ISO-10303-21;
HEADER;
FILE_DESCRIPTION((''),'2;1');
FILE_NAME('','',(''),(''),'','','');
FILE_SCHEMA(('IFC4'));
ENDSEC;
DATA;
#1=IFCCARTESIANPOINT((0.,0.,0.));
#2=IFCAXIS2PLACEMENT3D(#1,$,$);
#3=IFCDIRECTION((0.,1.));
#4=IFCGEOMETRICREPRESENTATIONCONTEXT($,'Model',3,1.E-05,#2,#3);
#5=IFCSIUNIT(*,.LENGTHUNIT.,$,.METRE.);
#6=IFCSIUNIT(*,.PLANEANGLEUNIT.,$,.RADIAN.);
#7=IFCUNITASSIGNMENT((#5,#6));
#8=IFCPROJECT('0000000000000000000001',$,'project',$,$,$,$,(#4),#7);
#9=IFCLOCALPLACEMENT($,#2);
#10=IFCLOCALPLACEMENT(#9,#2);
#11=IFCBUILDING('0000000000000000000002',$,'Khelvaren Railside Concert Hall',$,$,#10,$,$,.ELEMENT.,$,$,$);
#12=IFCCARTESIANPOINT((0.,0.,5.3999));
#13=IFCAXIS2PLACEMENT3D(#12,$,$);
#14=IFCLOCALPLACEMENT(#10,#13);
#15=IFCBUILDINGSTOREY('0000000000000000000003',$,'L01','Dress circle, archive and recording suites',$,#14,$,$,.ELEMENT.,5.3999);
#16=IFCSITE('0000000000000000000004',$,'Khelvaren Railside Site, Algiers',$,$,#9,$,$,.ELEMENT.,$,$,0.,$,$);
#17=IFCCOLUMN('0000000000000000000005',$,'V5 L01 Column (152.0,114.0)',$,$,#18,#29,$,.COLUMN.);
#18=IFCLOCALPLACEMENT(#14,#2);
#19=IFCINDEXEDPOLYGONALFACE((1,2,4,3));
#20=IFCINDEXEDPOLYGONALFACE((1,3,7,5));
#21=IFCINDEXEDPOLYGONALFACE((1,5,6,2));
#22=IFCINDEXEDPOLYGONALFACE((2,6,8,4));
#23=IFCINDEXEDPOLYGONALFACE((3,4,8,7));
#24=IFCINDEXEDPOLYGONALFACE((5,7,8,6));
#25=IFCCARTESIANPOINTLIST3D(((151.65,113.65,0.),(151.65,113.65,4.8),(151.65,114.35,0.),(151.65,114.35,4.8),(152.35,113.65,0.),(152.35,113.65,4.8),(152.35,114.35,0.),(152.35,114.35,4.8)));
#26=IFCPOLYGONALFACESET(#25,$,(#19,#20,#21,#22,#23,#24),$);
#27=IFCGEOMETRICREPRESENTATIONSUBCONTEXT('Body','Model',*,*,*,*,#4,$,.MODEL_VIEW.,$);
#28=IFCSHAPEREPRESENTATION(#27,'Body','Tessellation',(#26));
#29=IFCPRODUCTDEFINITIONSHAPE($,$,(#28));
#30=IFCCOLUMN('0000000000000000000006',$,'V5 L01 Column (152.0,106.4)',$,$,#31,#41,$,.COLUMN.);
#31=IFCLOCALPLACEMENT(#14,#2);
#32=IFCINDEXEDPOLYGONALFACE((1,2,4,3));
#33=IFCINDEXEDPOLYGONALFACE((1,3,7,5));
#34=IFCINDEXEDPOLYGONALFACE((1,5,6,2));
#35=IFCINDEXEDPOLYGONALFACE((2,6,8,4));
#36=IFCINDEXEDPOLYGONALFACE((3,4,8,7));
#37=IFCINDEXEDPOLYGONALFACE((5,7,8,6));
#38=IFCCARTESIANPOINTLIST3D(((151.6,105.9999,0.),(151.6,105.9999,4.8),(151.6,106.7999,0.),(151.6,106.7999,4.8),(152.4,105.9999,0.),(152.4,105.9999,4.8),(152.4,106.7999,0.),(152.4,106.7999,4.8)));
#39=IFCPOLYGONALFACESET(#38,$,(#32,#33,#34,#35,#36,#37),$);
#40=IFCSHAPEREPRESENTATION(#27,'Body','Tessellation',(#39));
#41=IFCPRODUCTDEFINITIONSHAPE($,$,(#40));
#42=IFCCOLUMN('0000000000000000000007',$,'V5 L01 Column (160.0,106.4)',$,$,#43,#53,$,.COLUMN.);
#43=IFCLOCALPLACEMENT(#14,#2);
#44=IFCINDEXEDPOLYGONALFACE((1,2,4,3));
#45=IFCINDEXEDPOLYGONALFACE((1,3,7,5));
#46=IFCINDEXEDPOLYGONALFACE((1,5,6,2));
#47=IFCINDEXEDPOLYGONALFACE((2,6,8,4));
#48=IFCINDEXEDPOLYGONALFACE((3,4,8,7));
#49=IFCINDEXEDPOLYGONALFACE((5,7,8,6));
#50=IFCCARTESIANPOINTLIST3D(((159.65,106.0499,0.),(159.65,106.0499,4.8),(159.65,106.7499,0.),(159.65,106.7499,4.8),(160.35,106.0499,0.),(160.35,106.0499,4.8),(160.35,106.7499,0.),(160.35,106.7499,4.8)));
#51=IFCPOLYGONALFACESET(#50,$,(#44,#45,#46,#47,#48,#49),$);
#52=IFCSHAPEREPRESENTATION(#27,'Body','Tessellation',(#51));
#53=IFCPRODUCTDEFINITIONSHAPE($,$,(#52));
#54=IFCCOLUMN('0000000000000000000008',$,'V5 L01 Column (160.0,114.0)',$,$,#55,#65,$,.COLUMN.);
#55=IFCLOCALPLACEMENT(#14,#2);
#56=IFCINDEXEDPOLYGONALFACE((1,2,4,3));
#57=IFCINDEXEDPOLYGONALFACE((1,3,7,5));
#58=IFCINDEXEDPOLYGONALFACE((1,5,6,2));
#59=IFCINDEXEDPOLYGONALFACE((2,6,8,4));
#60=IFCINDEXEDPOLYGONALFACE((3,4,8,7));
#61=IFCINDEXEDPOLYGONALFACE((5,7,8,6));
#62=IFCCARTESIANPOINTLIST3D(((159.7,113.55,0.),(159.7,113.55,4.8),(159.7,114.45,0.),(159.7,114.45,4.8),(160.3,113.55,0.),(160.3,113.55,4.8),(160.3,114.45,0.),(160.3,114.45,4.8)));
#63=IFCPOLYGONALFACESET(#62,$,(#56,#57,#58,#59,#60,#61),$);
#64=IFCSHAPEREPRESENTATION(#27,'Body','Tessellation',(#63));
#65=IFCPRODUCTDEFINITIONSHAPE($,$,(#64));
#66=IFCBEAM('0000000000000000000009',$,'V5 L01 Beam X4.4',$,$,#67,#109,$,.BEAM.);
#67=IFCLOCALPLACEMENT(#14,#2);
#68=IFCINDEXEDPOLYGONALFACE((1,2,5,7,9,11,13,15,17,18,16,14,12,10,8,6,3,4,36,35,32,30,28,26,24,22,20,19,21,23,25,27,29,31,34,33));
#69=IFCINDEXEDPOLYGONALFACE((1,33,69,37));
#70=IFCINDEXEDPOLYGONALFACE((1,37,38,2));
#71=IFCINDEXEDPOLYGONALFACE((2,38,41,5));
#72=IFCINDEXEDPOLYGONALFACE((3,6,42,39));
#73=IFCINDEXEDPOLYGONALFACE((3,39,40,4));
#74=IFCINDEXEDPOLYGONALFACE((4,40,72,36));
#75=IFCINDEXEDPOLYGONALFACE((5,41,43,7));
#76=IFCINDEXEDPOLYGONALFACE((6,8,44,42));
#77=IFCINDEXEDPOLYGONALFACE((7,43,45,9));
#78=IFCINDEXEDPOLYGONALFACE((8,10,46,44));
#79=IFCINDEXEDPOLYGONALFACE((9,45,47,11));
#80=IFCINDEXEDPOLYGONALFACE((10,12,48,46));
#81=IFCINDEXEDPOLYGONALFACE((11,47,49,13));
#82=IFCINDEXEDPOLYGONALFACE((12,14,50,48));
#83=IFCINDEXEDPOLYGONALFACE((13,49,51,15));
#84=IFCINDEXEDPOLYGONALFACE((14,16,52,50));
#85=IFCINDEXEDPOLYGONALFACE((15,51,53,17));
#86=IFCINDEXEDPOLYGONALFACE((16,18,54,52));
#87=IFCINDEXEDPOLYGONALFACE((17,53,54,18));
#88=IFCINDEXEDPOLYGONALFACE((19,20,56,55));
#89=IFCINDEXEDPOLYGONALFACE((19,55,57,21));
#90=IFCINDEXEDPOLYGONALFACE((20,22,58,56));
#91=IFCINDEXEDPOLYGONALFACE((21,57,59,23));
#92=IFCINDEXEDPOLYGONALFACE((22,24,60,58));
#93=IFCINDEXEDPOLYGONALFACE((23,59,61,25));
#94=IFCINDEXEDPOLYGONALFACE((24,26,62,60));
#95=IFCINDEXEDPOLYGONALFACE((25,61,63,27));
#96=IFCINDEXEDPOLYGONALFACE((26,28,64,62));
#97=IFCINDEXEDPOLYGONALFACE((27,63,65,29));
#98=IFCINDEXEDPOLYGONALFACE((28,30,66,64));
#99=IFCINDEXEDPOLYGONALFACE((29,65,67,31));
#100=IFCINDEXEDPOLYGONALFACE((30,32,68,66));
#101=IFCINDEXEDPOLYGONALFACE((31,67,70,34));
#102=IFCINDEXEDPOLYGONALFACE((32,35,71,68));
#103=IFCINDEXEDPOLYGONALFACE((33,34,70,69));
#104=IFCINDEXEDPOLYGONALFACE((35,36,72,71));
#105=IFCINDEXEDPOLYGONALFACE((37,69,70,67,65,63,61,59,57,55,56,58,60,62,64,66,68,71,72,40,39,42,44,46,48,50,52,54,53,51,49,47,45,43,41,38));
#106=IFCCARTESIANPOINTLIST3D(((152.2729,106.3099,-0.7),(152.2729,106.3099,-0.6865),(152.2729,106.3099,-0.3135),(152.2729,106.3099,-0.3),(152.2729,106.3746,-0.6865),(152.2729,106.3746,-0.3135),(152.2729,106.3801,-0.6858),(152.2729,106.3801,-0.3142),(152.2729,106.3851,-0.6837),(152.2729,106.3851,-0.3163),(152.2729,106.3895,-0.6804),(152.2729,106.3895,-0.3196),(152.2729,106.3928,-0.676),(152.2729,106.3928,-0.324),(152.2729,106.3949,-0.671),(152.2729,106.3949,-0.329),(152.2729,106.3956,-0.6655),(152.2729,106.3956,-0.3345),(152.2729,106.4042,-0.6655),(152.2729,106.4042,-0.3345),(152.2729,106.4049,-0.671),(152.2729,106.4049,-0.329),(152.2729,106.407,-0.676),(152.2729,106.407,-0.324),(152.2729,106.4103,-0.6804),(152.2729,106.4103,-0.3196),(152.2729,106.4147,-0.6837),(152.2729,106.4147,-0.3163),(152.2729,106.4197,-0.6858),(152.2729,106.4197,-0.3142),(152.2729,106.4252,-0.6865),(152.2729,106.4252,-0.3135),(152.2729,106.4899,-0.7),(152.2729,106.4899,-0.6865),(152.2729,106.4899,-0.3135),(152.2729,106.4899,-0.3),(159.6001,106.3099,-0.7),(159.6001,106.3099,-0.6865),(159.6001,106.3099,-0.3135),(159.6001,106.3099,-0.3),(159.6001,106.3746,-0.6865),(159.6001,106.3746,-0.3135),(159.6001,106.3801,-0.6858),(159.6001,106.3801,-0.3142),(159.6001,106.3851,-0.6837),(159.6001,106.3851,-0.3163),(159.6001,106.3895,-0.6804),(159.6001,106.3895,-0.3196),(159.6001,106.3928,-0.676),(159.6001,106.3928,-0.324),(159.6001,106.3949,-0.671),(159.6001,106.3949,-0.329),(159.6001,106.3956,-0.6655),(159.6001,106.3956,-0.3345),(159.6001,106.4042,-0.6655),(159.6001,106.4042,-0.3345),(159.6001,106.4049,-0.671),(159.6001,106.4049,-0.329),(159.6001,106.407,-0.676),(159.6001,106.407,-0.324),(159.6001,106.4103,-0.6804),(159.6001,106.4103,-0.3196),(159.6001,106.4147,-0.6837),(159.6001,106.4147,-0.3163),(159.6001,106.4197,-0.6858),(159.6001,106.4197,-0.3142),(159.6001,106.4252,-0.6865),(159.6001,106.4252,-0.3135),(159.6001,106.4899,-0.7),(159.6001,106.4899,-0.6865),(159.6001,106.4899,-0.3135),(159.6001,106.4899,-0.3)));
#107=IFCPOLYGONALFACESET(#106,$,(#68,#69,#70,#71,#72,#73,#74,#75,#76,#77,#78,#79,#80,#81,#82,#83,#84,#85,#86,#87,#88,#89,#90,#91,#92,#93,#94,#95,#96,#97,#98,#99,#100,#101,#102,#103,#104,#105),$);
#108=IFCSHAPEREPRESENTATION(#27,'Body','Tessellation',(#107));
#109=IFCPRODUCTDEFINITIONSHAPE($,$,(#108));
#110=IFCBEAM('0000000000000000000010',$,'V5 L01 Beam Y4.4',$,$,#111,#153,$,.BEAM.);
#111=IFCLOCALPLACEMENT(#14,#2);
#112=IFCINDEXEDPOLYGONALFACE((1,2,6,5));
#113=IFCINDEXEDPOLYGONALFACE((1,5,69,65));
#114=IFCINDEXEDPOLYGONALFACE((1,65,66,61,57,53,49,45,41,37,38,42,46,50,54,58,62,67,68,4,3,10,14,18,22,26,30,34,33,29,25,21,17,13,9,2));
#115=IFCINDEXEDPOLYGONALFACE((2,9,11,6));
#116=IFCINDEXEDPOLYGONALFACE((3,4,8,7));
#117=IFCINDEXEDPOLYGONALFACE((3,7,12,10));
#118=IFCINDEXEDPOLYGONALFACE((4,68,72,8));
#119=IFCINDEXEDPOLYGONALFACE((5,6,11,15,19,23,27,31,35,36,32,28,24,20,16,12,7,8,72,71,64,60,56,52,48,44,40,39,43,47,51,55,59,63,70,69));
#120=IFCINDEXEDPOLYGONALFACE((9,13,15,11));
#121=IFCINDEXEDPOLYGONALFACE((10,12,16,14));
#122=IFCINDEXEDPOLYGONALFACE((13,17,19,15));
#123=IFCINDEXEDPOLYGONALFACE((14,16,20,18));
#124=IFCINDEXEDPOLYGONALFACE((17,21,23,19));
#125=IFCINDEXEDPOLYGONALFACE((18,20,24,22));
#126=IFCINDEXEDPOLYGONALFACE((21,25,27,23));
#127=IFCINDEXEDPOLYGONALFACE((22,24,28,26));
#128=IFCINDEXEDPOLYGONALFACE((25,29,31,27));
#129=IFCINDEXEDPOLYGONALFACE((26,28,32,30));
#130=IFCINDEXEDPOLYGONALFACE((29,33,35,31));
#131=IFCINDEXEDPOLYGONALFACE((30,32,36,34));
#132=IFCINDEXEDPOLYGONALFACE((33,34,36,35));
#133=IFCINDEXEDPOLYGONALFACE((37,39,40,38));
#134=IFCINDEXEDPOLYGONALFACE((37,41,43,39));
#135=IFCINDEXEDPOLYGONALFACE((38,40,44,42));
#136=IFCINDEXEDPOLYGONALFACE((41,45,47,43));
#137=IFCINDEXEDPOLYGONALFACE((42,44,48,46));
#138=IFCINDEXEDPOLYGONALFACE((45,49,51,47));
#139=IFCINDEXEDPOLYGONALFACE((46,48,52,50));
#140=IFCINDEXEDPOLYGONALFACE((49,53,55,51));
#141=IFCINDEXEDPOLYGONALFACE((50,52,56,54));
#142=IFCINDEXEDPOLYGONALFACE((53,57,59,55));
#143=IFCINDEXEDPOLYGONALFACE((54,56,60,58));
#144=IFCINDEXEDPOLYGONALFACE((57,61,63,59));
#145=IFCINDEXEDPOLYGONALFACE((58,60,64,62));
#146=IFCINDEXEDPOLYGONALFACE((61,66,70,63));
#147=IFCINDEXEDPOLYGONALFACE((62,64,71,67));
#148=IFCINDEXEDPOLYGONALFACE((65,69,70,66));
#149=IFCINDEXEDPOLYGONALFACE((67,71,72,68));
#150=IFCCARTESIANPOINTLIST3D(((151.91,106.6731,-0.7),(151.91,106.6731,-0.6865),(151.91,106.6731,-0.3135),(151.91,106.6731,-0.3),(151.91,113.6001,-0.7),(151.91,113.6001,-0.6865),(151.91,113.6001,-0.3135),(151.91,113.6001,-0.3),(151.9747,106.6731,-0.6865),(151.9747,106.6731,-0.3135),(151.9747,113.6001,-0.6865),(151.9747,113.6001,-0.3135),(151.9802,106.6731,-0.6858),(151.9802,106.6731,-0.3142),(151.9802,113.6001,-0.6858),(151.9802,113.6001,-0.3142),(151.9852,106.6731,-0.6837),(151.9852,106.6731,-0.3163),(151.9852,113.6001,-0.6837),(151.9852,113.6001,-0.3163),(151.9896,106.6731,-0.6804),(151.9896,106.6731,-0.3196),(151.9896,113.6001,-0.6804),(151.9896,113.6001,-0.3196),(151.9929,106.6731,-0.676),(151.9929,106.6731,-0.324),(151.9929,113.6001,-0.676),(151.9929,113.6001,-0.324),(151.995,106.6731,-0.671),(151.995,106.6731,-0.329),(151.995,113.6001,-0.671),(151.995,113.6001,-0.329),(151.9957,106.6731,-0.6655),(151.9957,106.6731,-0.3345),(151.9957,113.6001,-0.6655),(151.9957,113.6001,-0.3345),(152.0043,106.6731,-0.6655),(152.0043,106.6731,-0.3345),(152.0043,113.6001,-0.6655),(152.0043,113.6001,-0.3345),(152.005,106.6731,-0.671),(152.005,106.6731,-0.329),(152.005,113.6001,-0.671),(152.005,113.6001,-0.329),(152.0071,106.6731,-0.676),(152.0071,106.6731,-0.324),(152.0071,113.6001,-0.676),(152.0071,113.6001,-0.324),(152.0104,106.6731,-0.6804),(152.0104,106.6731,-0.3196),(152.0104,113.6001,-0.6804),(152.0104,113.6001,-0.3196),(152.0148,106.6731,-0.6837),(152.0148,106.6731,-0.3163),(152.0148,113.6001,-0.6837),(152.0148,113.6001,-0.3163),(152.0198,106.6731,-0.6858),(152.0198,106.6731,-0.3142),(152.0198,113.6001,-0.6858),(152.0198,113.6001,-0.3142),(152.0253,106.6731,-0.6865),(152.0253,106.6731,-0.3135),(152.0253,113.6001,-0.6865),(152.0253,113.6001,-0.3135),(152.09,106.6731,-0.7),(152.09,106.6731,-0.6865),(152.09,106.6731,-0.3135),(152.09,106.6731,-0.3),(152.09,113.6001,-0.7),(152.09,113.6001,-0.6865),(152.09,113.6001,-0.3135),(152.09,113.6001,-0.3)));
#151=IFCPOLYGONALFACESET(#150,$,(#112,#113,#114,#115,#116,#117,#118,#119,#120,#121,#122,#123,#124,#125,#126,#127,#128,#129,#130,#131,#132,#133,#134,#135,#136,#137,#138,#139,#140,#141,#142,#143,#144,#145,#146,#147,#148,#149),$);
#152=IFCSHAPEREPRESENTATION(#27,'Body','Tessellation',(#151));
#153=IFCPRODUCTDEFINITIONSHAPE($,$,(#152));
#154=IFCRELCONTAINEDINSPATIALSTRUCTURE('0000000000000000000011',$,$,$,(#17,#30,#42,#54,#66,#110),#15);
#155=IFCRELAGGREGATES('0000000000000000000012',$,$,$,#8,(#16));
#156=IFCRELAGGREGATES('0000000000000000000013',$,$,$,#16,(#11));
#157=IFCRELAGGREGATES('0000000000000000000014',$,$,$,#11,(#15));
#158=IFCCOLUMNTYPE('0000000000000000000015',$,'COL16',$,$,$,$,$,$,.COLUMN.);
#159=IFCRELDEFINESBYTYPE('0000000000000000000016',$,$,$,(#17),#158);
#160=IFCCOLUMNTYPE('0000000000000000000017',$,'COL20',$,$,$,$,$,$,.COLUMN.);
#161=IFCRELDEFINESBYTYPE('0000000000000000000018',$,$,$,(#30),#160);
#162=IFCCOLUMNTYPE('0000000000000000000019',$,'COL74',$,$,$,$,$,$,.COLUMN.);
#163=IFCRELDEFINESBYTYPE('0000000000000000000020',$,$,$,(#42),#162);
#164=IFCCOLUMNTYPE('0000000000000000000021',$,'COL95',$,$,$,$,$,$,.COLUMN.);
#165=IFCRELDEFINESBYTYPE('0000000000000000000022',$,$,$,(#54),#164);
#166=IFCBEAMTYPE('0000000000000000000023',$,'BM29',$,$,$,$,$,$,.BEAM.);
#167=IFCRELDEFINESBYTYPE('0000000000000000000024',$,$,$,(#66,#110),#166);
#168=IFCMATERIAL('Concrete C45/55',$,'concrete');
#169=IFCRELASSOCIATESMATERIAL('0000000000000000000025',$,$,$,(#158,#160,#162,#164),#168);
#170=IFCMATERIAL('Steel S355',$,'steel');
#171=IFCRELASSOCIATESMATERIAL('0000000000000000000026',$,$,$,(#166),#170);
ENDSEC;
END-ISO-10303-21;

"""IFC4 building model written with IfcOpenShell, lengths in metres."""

from ifc_helpers import new_model, si_unit, direction, frame, origin, origin_2d, place, context, subcontext, project, spatial, rectangle, i_section, extrude, material, material_profile, profile_set, type_object, element, save


model = new_model("IFC4")

# Units and contexts
model_context = context("Model", 3, precision=1e-05, world=origin(), true_north=direction((0.0, 1.0)))
body_context = subcontext(model_context, "Body", "Model", "MODEL_VIEW")
ifc_project = project(units=[si_unit("LENGTHUNIT", "METRE"), si_unit("PLANEANGLEUNIT", "RADIAN")], contexts=[model_context])

# Site, building, storey
site_placement = place(None, origin())
site = spatial("IfcSite", under=ifc_project, at=site_placement, Name="Khelvaren Railside Site, Algiers", CompositionType="ELEMENT", RefElevation=0.0)
building_placement = place(site_placement, origin())
building = spatial("IfcBuilding", under=site, at=building_placement, Name="Khelvaren Railside Concert Hall", CompositionType="ELEMENT")
storey_placement = place(building_placement, frame((0.0, 0.0, 5.3999)))
storey = spatial("IfcBuildingStorey", under=building, at=storey_placement, Name="L01", Description="Dress circle, archive and recording suites", CompositionType="ELEMENT", Elevation=5.3999)

# Columns
ifc_material_1 = material(Name="Concrete C45/55", Category="concrete")
ifc_material_profile_1 = material_profile(ifc_material_1, rectangle(XDim=0.7, YDim=0.7, at=origin_2d()), Name="RC 700x700")
ifc_profile_set_1 = profile_set([ifc_material_profile_1], Name="Concrete C45/55")
column_type_1 = type_object("IfcColumnType", Name="COL16", PredefinedType="COLUMN", material=ifc_profile_set_1)
column_1_placement = place(storey_placement, frame((152.0, 114.0, 0.0), z_axis=(0.0, 0.0, 1.0), x_axis=(1.0, 0.0, 0.0)))
element("IfcColumn", 1, at=column_1_placement, inside=storey, type_object=column_type_1, Name="V5 L01 Column (152.0,114.0)", PredefinedType="COLUMN", context=body_context, shape_type="SweptSolid", body=[
    extrude(rectangle(XDim=0.7, YDim=0.7, at=origin_2d()), origin(), (0.0, 0.0, 1.0), 4.8),
])
ifc_material_profile_2 = material_profile(ifc_material_1, rectangle(XDim=0.8, YDim=0.8, at=origin_2d()), Name="RC 800x800")
ifc_profile_set_2 = profile_set([ifc_material_profile_2], Name="Concrete C45/55")
column_type_2 = type_object("IfcColumnType", Name="COL20", PredefinedType="COLUMN", material=ifc_profile_set_2)
column_2_placement = place(storey_placement, frame((152.0, 106.3999, 0.0), z_axis=(0.0, 0.0, 1.0), x_axis=(1.0, 0.0, 0.0)))
element("IfcColumn", 2, at=column_2_placement, inside=storey, type_object=column_type_2, Name="V5 L01 Column (152.0,106.4)", PredefinedType="COLUMN", context=body_context, shape_type="SweptSolid", body=[
    extrude(rectangle(XDim=0.8, YDim=0.8, at=origin_2d()), origin(), (0.0, 0.0, 1.0), 4.8),
])
ifc_material_profile_3 = material_profile(ifc_material_1, rectangle(XDim=0.7, YDim=0.7, at=origin_2d()), Name="RC 700x700")
ifc_profile_set_3 = profile_set([ifc_material_profile_3], Name="Concrete C45/55")
column_type_3 = type_object("IfcColumnType", Name="COL74", PredefinedType="COLUMN", material=ifc_profile_set_3)
column_3_placement = place(storey_placement, frame((160.0, 106.3999, 0.0), z_axis=(0.0, 0.0, 1.0), x_axis=(1.0, 0.0, 0.0)))
element("IfcColumn", 3, at=column_3_placement, inside=storey, type_object=column_type_3, Name="V5 L01 Column (160.0,106.4)", PredefinedType="COLUMN", context=body_context, shape_type="SweptSolid", body=[
    extrude(rectangle(XDim=0.7, YDim=0.7, at=origin_2d()), origin(), (0.0, 0.0, 1.0), 4.8),
])
ifc_material_profile_4 = material_profile(ifc_material_1, rectangle(XDim=0.6001, YDim=0.8999, at=origin_2d()), Name="RC 600x900")
ifc_profile_set_4 = profile_set([ifc_material_profile_4], Name="Concrete C45/55")
column_type_4 = type_object("IfcColumnType", Name="COL95", PredefinedType="COLUMN", material=ifc_profile_set_4)
column_4_placement = place(storey_placement, frame((160.0, 114.0, 0.0), z_axis=(0.0, 0.0, 1.0), x_axis=(1.0, 0.0, 0.0)))
element("IfcColumn", 4, at=column_4_placement, inside=storey, type_object=column_type_4, Name="V5 L01 Column (160.0,114.0)", PredefinedType="COLUMN", context=body_context, shape_type="SweptSolid", body=[
    extrude(rectangle(XDim=0.6001, YDim=0.8999, at=origin_2d()), origin(), (0.0, 0.0, 1.0), 4.8),
])

# Beams
ifc_material_2 = material(Name="Steel S355", Category="steel")
ifc_material_profile_5 = material_profile(ifc_material_2, i_section(OverallWidth=0.1799, OverallDepth=0.3999, WebThickness=0.0085, FlangeThickness=0.0134, FilletRadius=0.021, at=origin_2d()), Name="IPE 400")
ifc_profile_set_5 = profile_set([ifc_material_profile_5], Name="Steel S355")
beam_type_1 = type_object("IfcBeamType", Name="BM29", PredefinedType="BEAM", material=ifc_profile_set_5)
beam_1_placement = place(storey_placement, frame((152.2729, 106.3999, -0.5), z_axis=(1.0, 0.0, 0.0), x_axis=(0.0, 1.0, 0.0)))
element("IfcBeam", 5, at=beam_1_placement, inside=storey, type_object=beam_type_1, Name="V5 L01 Beam X4.4", PredefinedType="BEAM", context=body_context, shape_type="SweptSolid", body=[
    extrude(i_section(OverallWidth=0.1799, OverallDepth=0.3999, WebThickness=0.0085, FlangeThickness=0.0134, FilletRadius=0.021, at=origin_2d()), origin(), (0.0, 0.0, 1.0), 7.3271),
])
beam_2_placement = place(storey_placement, frame((152.0, 106.6731, -0.5), z_axis=(0.0, 1.0, 0.0), x_axis=(-1.0, 0.0, 0.0)))
element("IfcBeam", 6, at=beam_2_placement, inside=storey, type_object=beam_type_1, Name="V5 L01 Beam Y4.4", PredefinedType="BEAM", context=body_context, shape_type="SweptSolid", body=[
    extrude(i_section(OverallWidth=0.1799, OverallDepth=0.3999, WebThickness=0.0085, FlangeThickness=0.0134, FilletRadius=0.021, at=origin_2d()), origin(), (0.0, 0.0, 1.0), 6.927),
])

save(model, "model.ifc")
